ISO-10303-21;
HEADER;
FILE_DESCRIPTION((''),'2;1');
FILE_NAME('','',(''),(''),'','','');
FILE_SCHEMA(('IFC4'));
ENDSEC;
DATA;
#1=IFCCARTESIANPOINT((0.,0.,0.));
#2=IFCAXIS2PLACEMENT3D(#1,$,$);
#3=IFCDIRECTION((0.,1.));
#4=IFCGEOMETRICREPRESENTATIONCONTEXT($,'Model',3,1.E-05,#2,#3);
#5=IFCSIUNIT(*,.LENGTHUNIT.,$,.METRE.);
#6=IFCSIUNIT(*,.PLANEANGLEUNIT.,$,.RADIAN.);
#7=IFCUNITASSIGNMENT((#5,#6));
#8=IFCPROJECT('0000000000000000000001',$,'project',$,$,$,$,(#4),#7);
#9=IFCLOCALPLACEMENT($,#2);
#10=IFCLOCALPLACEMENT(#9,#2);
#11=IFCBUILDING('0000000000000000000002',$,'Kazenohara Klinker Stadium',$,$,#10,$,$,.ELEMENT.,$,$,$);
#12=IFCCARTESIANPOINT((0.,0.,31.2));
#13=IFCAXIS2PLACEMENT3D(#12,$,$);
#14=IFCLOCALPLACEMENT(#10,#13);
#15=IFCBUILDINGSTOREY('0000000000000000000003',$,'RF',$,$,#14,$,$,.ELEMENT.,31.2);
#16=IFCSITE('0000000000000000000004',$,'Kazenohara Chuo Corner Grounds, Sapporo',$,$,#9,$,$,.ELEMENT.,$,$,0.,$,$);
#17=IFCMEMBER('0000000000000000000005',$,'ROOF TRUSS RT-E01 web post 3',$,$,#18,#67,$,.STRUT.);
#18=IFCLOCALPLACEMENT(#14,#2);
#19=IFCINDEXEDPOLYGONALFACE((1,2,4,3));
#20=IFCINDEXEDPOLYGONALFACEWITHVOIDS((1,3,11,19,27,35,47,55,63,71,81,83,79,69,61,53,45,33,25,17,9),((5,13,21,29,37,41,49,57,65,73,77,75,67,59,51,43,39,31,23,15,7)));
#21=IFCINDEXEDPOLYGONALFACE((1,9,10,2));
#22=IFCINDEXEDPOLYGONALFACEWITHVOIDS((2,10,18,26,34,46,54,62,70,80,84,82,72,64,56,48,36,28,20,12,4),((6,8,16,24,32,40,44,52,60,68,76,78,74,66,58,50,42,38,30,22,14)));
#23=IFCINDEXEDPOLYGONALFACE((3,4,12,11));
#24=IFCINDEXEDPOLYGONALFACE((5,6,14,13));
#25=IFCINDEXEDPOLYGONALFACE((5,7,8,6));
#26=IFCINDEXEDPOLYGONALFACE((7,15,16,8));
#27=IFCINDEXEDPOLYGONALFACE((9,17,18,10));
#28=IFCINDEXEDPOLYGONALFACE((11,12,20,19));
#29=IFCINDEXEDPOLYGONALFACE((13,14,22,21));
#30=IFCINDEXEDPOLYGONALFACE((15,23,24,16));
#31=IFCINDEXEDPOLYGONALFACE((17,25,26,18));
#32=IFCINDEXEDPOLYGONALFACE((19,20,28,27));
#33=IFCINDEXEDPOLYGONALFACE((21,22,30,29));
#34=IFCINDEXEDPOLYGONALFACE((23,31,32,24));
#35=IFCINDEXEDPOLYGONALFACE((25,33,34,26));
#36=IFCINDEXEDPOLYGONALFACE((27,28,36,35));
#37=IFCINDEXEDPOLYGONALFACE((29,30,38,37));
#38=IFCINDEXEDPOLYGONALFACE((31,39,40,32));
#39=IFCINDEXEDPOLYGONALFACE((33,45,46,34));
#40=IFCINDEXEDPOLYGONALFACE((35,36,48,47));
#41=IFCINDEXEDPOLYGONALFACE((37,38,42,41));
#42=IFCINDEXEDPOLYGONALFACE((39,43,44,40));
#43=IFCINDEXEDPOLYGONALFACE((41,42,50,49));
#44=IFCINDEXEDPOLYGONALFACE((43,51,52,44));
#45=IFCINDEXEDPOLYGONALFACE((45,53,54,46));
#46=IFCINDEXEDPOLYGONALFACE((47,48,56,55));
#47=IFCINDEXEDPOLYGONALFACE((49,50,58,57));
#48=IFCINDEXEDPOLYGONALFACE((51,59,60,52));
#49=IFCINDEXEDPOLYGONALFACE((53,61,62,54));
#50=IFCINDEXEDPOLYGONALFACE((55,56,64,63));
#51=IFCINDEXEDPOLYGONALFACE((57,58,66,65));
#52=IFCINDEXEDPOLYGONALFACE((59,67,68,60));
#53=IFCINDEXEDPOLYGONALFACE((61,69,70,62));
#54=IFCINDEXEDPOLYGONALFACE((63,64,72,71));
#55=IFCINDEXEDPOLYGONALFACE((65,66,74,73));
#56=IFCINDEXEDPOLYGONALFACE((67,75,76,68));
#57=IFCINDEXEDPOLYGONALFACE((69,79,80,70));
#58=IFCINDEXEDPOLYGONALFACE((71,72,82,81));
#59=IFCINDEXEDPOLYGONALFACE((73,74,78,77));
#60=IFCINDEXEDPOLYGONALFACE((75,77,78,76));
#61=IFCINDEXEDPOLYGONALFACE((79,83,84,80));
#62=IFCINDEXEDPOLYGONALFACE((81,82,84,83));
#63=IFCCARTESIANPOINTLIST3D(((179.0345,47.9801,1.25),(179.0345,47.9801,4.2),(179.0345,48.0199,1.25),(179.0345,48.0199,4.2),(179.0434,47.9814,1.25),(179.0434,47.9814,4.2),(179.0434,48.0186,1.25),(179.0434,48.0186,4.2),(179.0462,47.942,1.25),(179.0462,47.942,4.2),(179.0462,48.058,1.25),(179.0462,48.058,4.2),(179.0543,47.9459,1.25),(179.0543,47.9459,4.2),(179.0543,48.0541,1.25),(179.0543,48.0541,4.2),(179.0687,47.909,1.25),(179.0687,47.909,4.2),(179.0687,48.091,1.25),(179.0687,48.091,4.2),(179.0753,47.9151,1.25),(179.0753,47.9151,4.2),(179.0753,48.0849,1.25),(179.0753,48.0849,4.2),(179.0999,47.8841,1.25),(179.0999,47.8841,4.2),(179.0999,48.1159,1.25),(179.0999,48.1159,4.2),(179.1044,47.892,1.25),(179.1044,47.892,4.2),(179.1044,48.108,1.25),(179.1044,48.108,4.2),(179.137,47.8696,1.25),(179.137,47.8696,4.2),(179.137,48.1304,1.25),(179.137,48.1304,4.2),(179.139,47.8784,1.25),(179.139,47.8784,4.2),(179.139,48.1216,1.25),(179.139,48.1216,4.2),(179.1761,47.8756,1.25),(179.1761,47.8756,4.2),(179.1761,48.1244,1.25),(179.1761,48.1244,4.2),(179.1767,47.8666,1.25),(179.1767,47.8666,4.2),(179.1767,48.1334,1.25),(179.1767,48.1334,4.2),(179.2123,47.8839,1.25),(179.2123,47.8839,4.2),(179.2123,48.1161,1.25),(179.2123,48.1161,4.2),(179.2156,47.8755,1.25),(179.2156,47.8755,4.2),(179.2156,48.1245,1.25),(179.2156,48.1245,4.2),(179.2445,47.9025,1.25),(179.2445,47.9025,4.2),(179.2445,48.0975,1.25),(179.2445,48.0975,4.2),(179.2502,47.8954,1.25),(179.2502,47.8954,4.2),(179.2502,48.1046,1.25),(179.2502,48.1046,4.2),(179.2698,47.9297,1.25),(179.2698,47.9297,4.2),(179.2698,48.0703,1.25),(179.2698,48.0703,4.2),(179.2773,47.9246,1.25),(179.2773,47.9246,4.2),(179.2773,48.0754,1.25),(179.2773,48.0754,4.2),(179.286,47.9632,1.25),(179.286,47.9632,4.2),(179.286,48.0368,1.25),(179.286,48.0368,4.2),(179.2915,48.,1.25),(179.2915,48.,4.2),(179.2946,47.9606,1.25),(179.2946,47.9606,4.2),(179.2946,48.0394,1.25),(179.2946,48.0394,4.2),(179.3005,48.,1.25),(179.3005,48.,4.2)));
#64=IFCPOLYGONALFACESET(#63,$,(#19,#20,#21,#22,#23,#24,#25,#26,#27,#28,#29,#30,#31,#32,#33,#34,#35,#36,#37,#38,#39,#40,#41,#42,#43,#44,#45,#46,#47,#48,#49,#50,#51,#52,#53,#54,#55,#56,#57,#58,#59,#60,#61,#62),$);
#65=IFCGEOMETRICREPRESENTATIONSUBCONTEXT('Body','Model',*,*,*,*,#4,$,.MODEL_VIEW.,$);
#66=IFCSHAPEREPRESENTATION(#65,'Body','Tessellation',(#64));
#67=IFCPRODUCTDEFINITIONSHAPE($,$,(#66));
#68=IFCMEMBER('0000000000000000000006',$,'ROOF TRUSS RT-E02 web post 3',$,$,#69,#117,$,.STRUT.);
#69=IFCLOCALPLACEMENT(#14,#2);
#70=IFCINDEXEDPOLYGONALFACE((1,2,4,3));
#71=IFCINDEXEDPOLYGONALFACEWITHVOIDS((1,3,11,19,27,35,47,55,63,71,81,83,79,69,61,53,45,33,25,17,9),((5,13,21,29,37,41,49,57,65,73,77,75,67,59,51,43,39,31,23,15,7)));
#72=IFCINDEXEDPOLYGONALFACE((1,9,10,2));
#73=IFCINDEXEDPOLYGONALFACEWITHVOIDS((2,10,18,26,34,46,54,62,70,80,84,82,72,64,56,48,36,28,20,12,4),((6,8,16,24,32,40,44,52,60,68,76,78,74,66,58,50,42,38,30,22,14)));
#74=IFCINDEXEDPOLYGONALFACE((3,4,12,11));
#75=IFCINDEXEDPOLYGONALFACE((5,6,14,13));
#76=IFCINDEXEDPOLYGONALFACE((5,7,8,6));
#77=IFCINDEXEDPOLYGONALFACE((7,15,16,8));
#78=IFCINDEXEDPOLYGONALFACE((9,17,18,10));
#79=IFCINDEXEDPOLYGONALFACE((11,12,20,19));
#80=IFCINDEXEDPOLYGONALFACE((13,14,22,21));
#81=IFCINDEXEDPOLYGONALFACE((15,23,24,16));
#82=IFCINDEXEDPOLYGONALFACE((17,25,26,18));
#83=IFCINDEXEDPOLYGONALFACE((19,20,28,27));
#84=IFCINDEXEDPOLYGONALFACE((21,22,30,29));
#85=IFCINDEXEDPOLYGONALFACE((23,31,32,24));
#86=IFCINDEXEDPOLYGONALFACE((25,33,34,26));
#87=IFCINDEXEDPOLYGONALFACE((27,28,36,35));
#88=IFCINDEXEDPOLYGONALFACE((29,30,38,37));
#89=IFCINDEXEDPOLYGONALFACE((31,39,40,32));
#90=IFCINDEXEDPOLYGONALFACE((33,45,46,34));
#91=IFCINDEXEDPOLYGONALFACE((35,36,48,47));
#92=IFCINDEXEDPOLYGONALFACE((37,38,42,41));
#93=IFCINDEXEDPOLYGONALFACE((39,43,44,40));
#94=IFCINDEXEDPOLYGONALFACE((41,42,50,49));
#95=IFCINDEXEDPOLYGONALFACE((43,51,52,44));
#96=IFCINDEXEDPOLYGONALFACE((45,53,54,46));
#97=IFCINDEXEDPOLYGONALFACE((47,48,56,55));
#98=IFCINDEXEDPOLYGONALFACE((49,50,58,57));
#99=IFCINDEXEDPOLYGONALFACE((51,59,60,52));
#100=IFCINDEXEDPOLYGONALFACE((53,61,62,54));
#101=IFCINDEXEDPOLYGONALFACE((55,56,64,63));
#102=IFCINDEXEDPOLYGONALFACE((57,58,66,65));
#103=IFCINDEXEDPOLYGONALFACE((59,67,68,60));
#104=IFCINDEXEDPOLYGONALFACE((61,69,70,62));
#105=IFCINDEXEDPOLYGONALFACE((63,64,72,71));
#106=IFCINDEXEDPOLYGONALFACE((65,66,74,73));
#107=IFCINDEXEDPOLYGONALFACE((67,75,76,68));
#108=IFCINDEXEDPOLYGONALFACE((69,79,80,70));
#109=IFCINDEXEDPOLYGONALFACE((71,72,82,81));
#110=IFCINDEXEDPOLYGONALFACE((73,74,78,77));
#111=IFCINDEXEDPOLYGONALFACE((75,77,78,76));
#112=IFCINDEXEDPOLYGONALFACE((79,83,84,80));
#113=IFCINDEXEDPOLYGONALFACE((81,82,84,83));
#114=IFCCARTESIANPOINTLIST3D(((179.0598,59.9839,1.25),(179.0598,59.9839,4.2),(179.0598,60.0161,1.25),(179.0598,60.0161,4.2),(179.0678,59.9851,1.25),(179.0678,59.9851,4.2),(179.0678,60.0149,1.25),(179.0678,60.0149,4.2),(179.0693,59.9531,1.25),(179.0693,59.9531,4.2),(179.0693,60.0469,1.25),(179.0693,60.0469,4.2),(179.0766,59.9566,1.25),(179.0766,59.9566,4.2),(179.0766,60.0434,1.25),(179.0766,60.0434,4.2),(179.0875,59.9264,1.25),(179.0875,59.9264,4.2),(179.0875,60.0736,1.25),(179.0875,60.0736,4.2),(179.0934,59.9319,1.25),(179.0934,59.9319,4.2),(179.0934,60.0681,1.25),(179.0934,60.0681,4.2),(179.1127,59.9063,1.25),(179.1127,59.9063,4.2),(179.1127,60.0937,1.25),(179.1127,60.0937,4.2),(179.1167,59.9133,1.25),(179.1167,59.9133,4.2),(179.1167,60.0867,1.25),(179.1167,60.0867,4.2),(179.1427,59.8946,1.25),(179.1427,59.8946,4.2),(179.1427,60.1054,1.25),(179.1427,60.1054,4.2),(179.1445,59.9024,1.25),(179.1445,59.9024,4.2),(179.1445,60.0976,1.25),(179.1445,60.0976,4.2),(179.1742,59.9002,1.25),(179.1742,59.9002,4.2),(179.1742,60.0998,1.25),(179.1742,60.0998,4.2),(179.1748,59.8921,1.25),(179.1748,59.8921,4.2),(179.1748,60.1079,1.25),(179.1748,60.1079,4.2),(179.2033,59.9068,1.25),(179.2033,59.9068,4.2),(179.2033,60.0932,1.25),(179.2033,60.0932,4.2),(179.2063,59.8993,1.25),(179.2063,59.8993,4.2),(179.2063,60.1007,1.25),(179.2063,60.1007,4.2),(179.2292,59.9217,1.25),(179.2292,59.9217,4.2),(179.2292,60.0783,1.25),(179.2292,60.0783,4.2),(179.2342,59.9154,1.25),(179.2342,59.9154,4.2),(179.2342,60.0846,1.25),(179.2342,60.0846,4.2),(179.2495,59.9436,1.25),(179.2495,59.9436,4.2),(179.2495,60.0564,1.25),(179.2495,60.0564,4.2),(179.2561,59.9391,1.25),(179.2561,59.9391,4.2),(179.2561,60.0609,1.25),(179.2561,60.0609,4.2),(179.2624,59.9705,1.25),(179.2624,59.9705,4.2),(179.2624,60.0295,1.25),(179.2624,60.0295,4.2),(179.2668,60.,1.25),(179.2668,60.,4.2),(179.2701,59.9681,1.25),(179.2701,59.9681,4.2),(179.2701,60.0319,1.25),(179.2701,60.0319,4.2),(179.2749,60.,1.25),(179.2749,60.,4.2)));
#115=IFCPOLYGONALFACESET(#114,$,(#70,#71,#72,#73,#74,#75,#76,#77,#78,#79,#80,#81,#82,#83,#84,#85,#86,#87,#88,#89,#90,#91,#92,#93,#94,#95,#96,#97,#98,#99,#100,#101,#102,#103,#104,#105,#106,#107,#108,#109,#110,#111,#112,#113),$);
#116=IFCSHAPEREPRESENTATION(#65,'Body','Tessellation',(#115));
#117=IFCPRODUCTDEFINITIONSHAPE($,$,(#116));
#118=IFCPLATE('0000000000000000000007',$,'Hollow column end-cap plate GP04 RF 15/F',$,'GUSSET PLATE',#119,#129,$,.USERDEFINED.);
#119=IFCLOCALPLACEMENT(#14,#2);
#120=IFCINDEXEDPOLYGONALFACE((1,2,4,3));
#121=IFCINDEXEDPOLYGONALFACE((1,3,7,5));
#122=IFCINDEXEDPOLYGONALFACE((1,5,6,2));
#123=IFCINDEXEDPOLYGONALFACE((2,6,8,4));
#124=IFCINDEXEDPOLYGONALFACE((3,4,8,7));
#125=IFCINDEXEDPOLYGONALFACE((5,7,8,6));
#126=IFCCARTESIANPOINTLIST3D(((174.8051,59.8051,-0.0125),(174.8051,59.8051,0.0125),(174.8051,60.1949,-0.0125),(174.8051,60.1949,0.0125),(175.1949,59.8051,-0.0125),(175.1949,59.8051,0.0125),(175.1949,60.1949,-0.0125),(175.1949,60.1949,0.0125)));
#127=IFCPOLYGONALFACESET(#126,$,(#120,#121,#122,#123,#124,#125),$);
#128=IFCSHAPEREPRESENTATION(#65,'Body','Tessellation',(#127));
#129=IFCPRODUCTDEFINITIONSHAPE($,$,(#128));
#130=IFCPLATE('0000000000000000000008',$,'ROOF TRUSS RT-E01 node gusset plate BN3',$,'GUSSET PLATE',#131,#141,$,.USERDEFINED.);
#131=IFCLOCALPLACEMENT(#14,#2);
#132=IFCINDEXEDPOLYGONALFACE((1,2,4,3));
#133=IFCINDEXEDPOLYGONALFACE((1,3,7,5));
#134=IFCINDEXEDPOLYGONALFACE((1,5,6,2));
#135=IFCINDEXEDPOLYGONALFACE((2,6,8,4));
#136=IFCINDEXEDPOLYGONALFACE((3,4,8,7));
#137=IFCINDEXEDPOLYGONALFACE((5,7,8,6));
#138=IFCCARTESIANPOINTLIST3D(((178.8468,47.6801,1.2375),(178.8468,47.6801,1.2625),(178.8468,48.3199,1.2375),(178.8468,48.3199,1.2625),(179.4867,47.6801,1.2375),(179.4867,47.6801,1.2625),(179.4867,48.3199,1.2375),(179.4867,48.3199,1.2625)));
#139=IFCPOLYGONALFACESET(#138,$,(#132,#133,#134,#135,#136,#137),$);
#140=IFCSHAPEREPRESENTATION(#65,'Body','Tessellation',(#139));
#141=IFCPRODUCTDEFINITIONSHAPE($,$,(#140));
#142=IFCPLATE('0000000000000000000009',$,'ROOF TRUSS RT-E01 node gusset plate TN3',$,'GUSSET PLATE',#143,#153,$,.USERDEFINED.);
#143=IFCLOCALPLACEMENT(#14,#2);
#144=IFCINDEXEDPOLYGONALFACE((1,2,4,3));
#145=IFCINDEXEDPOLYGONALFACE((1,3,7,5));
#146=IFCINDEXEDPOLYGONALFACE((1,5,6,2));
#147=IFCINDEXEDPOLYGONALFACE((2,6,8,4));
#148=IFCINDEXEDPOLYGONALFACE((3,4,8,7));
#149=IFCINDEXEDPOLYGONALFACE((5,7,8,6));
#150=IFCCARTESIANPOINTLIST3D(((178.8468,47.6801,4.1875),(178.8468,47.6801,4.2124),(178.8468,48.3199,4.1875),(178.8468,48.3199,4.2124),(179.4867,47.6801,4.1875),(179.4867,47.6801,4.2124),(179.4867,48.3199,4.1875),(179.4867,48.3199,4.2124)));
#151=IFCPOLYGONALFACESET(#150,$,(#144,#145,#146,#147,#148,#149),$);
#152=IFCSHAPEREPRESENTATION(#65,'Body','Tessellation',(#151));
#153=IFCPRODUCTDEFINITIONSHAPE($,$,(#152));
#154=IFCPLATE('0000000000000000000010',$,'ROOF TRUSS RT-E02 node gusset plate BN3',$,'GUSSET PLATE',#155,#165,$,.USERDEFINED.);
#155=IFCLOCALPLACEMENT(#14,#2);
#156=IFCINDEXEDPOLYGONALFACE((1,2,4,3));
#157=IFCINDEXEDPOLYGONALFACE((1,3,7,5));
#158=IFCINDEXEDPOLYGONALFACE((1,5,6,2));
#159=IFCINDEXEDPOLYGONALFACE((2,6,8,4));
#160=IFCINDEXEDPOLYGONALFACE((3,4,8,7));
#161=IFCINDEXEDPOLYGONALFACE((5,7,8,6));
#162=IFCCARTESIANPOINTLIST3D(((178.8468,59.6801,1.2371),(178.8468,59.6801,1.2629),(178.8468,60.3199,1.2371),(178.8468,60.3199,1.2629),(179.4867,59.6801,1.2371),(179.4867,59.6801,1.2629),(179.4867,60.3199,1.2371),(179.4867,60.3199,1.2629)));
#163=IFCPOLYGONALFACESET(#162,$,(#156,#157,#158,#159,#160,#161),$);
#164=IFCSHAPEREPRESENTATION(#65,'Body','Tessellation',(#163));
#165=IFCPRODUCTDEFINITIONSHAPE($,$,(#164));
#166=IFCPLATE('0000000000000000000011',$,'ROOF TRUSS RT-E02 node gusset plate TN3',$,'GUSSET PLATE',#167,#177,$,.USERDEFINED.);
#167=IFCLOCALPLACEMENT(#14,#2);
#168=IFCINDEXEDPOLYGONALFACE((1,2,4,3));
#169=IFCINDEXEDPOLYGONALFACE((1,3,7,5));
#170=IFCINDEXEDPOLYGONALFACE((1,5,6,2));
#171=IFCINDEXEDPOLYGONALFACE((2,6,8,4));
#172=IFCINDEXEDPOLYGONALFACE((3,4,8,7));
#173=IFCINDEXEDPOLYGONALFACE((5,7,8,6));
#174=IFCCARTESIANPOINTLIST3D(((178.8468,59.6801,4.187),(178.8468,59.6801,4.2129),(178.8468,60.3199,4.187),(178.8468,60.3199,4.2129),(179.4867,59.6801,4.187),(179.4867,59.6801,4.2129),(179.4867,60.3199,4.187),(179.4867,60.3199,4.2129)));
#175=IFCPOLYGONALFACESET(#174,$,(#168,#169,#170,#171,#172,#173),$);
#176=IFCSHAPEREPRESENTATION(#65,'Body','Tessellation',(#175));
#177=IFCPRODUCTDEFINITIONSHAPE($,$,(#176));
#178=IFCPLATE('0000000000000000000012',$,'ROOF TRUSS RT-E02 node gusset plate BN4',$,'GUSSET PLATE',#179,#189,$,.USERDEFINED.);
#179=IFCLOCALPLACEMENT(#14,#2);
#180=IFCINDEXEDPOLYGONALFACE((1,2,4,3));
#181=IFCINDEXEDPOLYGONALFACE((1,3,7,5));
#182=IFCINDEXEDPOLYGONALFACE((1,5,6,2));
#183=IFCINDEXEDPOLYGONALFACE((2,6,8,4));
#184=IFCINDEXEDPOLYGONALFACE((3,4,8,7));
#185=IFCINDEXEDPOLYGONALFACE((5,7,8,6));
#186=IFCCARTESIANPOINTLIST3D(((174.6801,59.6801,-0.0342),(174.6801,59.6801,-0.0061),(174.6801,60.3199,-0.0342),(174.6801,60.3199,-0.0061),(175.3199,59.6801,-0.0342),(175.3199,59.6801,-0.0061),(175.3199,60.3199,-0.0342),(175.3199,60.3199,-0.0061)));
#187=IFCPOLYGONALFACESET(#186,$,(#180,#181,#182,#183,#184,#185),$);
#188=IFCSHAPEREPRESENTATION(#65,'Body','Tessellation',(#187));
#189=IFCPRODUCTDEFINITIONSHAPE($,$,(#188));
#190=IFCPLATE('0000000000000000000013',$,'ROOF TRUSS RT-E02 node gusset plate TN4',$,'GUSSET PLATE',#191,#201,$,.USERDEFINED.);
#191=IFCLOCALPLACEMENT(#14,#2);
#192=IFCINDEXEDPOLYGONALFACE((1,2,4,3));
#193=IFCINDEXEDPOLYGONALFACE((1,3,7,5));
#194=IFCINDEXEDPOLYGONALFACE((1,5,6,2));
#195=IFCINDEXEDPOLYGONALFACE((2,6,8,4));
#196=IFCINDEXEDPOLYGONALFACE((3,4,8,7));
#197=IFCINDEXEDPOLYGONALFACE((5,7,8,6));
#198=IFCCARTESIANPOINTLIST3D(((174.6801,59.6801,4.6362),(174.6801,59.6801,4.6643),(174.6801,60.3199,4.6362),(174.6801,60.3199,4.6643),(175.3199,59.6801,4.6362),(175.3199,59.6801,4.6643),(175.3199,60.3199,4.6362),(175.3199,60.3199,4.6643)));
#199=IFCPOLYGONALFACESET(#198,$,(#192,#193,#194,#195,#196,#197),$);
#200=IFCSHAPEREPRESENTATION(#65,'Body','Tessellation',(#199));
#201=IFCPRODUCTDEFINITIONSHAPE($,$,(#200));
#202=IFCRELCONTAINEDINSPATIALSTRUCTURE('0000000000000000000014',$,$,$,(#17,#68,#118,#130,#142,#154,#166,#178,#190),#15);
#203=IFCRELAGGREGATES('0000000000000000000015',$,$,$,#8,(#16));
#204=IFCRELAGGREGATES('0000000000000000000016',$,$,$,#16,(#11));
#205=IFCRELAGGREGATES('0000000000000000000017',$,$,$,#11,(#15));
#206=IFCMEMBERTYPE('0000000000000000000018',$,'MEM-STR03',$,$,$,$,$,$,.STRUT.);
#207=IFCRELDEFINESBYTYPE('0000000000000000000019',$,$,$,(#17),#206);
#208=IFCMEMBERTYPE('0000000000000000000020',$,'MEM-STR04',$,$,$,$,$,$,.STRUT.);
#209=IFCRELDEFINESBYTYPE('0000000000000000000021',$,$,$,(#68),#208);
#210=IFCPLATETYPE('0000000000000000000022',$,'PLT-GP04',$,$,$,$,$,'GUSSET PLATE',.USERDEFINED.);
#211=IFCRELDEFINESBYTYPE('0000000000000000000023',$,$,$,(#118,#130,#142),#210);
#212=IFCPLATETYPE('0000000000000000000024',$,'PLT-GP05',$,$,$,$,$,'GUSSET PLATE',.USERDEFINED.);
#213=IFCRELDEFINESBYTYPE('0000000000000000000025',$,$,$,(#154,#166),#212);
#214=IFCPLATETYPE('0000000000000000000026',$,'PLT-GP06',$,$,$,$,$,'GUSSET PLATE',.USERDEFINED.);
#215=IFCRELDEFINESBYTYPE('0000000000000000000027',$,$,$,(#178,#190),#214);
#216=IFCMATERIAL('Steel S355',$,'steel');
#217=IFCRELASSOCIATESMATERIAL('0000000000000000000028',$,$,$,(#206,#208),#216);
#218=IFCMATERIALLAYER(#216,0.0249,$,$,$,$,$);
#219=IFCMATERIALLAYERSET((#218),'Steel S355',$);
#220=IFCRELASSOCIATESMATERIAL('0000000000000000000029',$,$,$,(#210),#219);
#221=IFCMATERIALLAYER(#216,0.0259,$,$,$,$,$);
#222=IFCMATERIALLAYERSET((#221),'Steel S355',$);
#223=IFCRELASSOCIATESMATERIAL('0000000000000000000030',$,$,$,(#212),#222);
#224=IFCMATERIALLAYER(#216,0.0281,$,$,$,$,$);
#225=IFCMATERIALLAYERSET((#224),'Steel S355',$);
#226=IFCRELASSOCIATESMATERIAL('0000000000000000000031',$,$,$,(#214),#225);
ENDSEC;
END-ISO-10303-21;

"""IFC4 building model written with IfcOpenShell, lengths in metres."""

from ifc_helpers import new_model, si_unit, direction, frame, origin, origin_2d, place, context, subcontext, project, spatial, rectangle, hollow_circle, extrude, material, layer, layer_set, material_profile, profile_set, type_object, element, save


model = new_model("IFC4")

# Units and contexts
model_context = context("Model", 3, precision=1e-05, world=origin(), true_north=direction((0.0, 1.0)))
body_context = subcontext(model_context, "Body", "Model", "MODEL_VIEW")
ifc_project = project(units=[si_unit("LENGTHUNIT", "METRE"), si_unit("PLANEANGLEUNIT", "RADIAN")], contexts=[model_context])

# Site, building, storey
site_placement = place(None, origin())
site = spatial("IfcSite", under=ifc_project, at=site_placement, Name="Kazenohara Chuo Corner Grounds, Sapporo", CompositionType="ELEMENT", RefElevation=0.0)
building_placement = place(site_placement, origin())
building = spatial("IfcBuilding", under=site, at=building_placement, Name="Kazenohara Klinker Stadium", CompositionType="ELEMENT")
storey_placement = place(building_placement, frame((0.0, 0.0, 31.2)))
storey = spatial("IfcBuildingStorey", under=building, at=storey_placement, Name="RF", CompositionType="ELEMENT", Elevation=31.2)

# Members
ifc_material_1 = material(Name="Steel S355", Category="steel")
ifc_material_profile_1 = material_profile(ifc_material_1, hollow_circle(Radius=0.1338, WallThickness=0.009, at=origin_2d()), Name="CHS-267.4x9")
ifc_profile_set_1 = profile_set([ifc_material_profile_1], Name="Steel S355")
member_type_1 = type_object("IfcMemberType", Name="MEM-STR03", PredefinedType="STRUT", material=ifc_profile_set_1)
member_1_placement = place(storey_placement, frame((179.1667, 48.0, 1.25), z_axis=(0.0, 0.0, 1.0), x_axis=(1.0, 0.0, 0.0)))
element("IfcMember", 1, at=member_1_placement, inside=storey, type_object=member_type_1, Name="ROOF TRUSS RT-E01 web post 3", PredefinedType="STRUT", context=body_context, shape_type="SweptSolid", body=[
    extrude(hollow_circle(Radius=0.1338, WallThickness=0.009, at=origin_2d()), origin(), (0.0, 0.0, 1.0), 2.95),
])
ifc_material_profile_2 = material_profile(ifc_material_1, hollow_circle(Radius=0.1082, WallThickness=0.0081, at=origin_2d()), Name="CHS-216.3x8")
ifc_profile_set_2 = profile_set([ifc_material_profile_2], Name="Steel S355")
member_type_2 = type_object("IfcMemberType", Name="MEM-STR04", PredefinedType="STRUT", material=ifc_profile_set_2)
member_2_placement = place(storey_placement, frame((179.1667, 60.0, 1.25), z_axis=(0.0, 0.0, 1.0), x_axis=(1.0, 0.0, 0.0)))
element("IfcMember", 2, at=member_2_placement, inside=storey, type_object=member_type_2, Name="ROOF TRUSS RT-E02 web post 3", PredefinedType="STRUT", context=body_context, shape_type="SweptSolid", body=[
    extrude(hollow_circle(Radius=0.1082, WallThickness=0.0081, at=origin_2d()), origin(), (0.0, 0.0, 1.0), 2.95),
])

# Plates
ifc_layer_1 = layer(ifc_material_1, 0.0249)
ifc_layer_set_1 = layer_set([ifc_layer_1], Name="Steel S355")
plate_type_1 = type_object("IfcPlateType", Name="PLT-GP04", ElementType="GUSSET PLATE", PredefinedType="USERDEFINED", material=ifc_layer_set_1)
plate_placement = place(storey_placement, frame((175.0, 60.0, -0.0125), z_axis=(0.0, 0.0, 1.0), x_axis=(1.0, 0.0, 0.0)))
element("IfcPlate", 3, at=plate_placement, inside=storey, type_object=plate_type_1, Name="Hollow column end-cap plate GP04 RF 15/F", ObjectType="GUSSET PLATE", PredefinedType="USERDEFINED", context=body_context, shape_type="SweptSolid", body=[
    extrude(rectangle(XDim=0.3899, YDim=0.3899, at=origin_2d()), origin(), (0.0, 0.0, 1.0), 0.0249),
])
for number, where, z_axis, x_axis, name in (
    (4, (179.1667, 48.0, 1.2375), (0.0, 0.0, 1.0), (1.0, 0.0, 0.0), "ROOF TRUSS RT-E01 node gusset plate BN3"),
    (5, (179.1667, 48.0, 4.1875), (0.0, 0.0, 1.0), (1.0, 0.0, 0.0), "ROOF TRUSS RT-E01 node gusset plate TN3"),
):
    element("IfcPlate", number, at=place(storey_placement, frame(where, z_axis=z_axis, x_axis=x_axis)), inside=storey, type_object=plate_type_1, Name=name, ObjectType="GUSSET PLATE", PredefinedType="USERDEFINED", context=body_context, shape_type="SweptSolid", body=[
        extrude(rectangle(XDim=0.6399, YDim=0.6399, at=origin_2d()), origin(), (0.0, 0.0, 1.0), 0.0249),
    ])
ifc_layer_2 = layer(ifc_material_1, 0.0259)
ifc_layer_set_2 = layer_set([ifc_layer_2], Name="Steel S355")
plate_type_2 = type_object("IfcPlateType", Name="PLT-GP05", ElementType="GUSSET PLATE", PredefinedType="USERDEFINED", material=ifc_layer_set_2)
for number, where, z_axis, x_axis, name in (
    (6, (179.1667, 60.0, 1.2371), (0.0, 0.0, 1.0), (1.0, 0.0, 0.0), "ROOF TRUSS RT-E02 node gusset plate BN3"),
    (7, (179.1667, 60.0, 4.187), (0.0, 0.0, 1.0), (1.0, 0.0, 0.0), "ROOF TRUSS RT-E02 node gusset plate TN3"),
):
    element("IfcPlate", number, at=place(storey_placement, frame(where, z_axis=z_axis, x_axis=x_axis)), inside=storey, type_object=plate_type_2, Name=name, ObjectType="GUSSET PLATE", PredefinedType="USERDEFINED", context=body_context, shape_type="SweptSolid", body=[
        extrude(rectangle(XDim=0.6399, YDim=0.6399, at=origin_2d()), origin(), (0.0, 0.0, 1.0), 0.0259),
    ])
ifc_layer_3 = layer(ifc_material_1, 0.0281)
ifc_layer_set_3 = layer_set([ifc_layer_3], Name="Steel S355")
plate_type_3 = type_object("IfcPlateType", Name="PLT-GP06", ElementType="GUSSET PLATE", PredefinedType="USERDEFINED", material=ifc_layer_set_3)
for number, where, z_axis, x_axis, name in (
    (8, (175.0, 60.0, -0.0342), (0.0, 0.0, 1.0), (1.0, 0.0, 0.0), "ROOF TRUSS RT-E02 node gusset plate BN4"),
    (9, (175.0, 60.0, 4.6362), (0.0, 0.0, 1.0), (1.0, 0.0, 0.0), "ROOF TRUSS RT-E02 node gusset plate TN4"),
):
    element("IfcPlate", number, at=place(storey_placement, frame(where, z_axis=z_axis, x_axis=x_axis)), inside=storey, type_object=plate_type_3, Name=name, ObjectType="GUSSET PLATE", PredefinedType="USERDEFINED", context=body_context, shape_type="SweptSolid", body=[
        extrude(rectangle(XDim=0.6399, YDim=0.6399, at=origin_2d()), origin(), (0.0, 0.0, 1.0), 0.0281),
    ])

save(model, "model.ifc")
